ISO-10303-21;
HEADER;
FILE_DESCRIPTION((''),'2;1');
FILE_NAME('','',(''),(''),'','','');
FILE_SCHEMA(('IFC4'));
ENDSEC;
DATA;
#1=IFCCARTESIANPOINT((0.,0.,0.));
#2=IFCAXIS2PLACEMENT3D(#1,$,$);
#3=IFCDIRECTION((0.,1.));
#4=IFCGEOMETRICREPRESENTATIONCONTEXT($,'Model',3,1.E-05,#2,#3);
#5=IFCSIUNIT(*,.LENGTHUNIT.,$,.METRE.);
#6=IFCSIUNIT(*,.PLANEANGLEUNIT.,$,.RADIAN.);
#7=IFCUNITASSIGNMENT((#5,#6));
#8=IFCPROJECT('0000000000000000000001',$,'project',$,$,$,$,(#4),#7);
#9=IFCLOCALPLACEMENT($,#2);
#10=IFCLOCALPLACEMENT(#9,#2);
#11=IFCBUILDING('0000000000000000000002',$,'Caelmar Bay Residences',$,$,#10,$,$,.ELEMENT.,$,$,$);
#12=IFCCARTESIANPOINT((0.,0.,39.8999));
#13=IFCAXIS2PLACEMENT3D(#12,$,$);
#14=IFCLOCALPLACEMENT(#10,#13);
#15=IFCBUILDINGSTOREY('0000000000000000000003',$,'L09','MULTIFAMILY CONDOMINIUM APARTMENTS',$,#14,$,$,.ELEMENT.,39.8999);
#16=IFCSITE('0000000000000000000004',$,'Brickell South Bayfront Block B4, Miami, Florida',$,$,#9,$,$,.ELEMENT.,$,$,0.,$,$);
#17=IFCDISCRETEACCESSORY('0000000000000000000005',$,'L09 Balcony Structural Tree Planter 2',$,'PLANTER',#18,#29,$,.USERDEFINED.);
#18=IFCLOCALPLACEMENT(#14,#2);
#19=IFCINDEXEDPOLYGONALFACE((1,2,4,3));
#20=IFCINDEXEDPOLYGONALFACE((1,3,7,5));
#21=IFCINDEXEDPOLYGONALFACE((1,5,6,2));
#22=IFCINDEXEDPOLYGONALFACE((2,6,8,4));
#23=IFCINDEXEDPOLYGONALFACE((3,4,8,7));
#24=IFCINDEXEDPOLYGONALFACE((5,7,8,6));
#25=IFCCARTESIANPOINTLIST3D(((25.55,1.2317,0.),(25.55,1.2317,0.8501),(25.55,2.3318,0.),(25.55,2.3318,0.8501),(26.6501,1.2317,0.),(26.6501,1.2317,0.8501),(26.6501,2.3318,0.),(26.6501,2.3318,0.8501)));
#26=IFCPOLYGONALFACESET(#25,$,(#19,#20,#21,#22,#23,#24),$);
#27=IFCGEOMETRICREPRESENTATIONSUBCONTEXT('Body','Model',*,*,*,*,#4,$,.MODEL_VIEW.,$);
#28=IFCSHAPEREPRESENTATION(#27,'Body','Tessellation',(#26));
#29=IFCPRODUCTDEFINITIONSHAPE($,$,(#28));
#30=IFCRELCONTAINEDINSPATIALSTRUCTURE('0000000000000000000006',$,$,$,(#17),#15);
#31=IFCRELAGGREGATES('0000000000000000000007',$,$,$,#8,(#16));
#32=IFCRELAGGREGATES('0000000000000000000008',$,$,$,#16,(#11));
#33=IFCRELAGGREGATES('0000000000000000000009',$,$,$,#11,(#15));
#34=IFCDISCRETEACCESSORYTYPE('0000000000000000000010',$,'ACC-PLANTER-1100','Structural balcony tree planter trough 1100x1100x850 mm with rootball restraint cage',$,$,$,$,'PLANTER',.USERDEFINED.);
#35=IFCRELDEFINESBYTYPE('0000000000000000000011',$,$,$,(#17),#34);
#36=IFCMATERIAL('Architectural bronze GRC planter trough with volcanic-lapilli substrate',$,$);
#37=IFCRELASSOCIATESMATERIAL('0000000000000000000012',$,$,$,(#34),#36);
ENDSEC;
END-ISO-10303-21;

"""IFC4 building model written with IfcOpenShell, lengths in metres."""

from ifc_helpers import new_model, si_unit, direction, frame, origin, origin_2d, place, context, subcontext, project, spatial, rectangle, extrude, material, type_object, element, save


model = new_model("IFC4")

# Units and contexts
model_context = context("Model", 3, precision=1e-05, world=origin(), true_north=direction((0.0, 1.0)))
body_context = subcontext(model_context, "Body", "Model", "MODEL_VIEW")
ifc_project = project(units=[si_unit("LENGTHUNIT", "METRE"), si_unit("PLANEANGLEUNIT", "RADIAN")], contexts=[model_context])

# Site, building, storey
site_placement = place(None, origin())
site = spatial("IfcSite", under=ifc_project, at=site_placement, Name="Brickell South Bayfront Block B4, Miami, Florida", CompositionType="ELEMENT", RefElevation=0.0)
building_placement = place(site_placement, origin())
building = spatial("IfcBuilding", under=site, at=building_placement, Name="Caelmar Bay Residences", CompositionType="ELEMENT")
storey_placement = place(building_placement, frame((0.0, 0.0, 39.8999)))
storey = spatial("IfcBuildingStorey", under=building, at=storey_placement, Name="L09", Description="MULTIFAMILY CONDOMINIUM APARTMENTS", CompositionType="ELEMENT", Elevation=39.8999)

# Discrete accessory
ifc_material_1 = material(Name="Architectural bronze GRC planter trough with volcanic-lapilli substrate")
discrete_accessory_type = type_object("IfcDiscreteAccessoryType", Name="ACC-PLANTER-1100", Description="Structural balcony tree planter trough 1100x1100x850 mm with rootball restraint cage", ElementType="PLANTER", PredefinedType="USERDEFINED", material=ifc_material_1)
discrete_accessory_placement = place(storey_placement, frame((26.1001, 1.7817, 0.0), z_axis=(0.0, 0.0, 1.0), x_axis=(1.0, 0.0, 0.0)))
element("IfcDiscreteAccessory", 1, at=discrete_accessory_placement, inside=storey, type_object=discrete_accessory_type, Name="L09 Balcony Structural Tree Planter 2", ObjectType="PLANTER", PredefinedType="USERDEFINED", context=body_context, shape_type="SweptSolid", body=[
    extrude(rectangle(XDim=1.1001, YDim=1.1001, at=origin_2d()), origin(), (0.0, 0.0, 1.0), 0.8501),
])

save(model, "model.ifc")
